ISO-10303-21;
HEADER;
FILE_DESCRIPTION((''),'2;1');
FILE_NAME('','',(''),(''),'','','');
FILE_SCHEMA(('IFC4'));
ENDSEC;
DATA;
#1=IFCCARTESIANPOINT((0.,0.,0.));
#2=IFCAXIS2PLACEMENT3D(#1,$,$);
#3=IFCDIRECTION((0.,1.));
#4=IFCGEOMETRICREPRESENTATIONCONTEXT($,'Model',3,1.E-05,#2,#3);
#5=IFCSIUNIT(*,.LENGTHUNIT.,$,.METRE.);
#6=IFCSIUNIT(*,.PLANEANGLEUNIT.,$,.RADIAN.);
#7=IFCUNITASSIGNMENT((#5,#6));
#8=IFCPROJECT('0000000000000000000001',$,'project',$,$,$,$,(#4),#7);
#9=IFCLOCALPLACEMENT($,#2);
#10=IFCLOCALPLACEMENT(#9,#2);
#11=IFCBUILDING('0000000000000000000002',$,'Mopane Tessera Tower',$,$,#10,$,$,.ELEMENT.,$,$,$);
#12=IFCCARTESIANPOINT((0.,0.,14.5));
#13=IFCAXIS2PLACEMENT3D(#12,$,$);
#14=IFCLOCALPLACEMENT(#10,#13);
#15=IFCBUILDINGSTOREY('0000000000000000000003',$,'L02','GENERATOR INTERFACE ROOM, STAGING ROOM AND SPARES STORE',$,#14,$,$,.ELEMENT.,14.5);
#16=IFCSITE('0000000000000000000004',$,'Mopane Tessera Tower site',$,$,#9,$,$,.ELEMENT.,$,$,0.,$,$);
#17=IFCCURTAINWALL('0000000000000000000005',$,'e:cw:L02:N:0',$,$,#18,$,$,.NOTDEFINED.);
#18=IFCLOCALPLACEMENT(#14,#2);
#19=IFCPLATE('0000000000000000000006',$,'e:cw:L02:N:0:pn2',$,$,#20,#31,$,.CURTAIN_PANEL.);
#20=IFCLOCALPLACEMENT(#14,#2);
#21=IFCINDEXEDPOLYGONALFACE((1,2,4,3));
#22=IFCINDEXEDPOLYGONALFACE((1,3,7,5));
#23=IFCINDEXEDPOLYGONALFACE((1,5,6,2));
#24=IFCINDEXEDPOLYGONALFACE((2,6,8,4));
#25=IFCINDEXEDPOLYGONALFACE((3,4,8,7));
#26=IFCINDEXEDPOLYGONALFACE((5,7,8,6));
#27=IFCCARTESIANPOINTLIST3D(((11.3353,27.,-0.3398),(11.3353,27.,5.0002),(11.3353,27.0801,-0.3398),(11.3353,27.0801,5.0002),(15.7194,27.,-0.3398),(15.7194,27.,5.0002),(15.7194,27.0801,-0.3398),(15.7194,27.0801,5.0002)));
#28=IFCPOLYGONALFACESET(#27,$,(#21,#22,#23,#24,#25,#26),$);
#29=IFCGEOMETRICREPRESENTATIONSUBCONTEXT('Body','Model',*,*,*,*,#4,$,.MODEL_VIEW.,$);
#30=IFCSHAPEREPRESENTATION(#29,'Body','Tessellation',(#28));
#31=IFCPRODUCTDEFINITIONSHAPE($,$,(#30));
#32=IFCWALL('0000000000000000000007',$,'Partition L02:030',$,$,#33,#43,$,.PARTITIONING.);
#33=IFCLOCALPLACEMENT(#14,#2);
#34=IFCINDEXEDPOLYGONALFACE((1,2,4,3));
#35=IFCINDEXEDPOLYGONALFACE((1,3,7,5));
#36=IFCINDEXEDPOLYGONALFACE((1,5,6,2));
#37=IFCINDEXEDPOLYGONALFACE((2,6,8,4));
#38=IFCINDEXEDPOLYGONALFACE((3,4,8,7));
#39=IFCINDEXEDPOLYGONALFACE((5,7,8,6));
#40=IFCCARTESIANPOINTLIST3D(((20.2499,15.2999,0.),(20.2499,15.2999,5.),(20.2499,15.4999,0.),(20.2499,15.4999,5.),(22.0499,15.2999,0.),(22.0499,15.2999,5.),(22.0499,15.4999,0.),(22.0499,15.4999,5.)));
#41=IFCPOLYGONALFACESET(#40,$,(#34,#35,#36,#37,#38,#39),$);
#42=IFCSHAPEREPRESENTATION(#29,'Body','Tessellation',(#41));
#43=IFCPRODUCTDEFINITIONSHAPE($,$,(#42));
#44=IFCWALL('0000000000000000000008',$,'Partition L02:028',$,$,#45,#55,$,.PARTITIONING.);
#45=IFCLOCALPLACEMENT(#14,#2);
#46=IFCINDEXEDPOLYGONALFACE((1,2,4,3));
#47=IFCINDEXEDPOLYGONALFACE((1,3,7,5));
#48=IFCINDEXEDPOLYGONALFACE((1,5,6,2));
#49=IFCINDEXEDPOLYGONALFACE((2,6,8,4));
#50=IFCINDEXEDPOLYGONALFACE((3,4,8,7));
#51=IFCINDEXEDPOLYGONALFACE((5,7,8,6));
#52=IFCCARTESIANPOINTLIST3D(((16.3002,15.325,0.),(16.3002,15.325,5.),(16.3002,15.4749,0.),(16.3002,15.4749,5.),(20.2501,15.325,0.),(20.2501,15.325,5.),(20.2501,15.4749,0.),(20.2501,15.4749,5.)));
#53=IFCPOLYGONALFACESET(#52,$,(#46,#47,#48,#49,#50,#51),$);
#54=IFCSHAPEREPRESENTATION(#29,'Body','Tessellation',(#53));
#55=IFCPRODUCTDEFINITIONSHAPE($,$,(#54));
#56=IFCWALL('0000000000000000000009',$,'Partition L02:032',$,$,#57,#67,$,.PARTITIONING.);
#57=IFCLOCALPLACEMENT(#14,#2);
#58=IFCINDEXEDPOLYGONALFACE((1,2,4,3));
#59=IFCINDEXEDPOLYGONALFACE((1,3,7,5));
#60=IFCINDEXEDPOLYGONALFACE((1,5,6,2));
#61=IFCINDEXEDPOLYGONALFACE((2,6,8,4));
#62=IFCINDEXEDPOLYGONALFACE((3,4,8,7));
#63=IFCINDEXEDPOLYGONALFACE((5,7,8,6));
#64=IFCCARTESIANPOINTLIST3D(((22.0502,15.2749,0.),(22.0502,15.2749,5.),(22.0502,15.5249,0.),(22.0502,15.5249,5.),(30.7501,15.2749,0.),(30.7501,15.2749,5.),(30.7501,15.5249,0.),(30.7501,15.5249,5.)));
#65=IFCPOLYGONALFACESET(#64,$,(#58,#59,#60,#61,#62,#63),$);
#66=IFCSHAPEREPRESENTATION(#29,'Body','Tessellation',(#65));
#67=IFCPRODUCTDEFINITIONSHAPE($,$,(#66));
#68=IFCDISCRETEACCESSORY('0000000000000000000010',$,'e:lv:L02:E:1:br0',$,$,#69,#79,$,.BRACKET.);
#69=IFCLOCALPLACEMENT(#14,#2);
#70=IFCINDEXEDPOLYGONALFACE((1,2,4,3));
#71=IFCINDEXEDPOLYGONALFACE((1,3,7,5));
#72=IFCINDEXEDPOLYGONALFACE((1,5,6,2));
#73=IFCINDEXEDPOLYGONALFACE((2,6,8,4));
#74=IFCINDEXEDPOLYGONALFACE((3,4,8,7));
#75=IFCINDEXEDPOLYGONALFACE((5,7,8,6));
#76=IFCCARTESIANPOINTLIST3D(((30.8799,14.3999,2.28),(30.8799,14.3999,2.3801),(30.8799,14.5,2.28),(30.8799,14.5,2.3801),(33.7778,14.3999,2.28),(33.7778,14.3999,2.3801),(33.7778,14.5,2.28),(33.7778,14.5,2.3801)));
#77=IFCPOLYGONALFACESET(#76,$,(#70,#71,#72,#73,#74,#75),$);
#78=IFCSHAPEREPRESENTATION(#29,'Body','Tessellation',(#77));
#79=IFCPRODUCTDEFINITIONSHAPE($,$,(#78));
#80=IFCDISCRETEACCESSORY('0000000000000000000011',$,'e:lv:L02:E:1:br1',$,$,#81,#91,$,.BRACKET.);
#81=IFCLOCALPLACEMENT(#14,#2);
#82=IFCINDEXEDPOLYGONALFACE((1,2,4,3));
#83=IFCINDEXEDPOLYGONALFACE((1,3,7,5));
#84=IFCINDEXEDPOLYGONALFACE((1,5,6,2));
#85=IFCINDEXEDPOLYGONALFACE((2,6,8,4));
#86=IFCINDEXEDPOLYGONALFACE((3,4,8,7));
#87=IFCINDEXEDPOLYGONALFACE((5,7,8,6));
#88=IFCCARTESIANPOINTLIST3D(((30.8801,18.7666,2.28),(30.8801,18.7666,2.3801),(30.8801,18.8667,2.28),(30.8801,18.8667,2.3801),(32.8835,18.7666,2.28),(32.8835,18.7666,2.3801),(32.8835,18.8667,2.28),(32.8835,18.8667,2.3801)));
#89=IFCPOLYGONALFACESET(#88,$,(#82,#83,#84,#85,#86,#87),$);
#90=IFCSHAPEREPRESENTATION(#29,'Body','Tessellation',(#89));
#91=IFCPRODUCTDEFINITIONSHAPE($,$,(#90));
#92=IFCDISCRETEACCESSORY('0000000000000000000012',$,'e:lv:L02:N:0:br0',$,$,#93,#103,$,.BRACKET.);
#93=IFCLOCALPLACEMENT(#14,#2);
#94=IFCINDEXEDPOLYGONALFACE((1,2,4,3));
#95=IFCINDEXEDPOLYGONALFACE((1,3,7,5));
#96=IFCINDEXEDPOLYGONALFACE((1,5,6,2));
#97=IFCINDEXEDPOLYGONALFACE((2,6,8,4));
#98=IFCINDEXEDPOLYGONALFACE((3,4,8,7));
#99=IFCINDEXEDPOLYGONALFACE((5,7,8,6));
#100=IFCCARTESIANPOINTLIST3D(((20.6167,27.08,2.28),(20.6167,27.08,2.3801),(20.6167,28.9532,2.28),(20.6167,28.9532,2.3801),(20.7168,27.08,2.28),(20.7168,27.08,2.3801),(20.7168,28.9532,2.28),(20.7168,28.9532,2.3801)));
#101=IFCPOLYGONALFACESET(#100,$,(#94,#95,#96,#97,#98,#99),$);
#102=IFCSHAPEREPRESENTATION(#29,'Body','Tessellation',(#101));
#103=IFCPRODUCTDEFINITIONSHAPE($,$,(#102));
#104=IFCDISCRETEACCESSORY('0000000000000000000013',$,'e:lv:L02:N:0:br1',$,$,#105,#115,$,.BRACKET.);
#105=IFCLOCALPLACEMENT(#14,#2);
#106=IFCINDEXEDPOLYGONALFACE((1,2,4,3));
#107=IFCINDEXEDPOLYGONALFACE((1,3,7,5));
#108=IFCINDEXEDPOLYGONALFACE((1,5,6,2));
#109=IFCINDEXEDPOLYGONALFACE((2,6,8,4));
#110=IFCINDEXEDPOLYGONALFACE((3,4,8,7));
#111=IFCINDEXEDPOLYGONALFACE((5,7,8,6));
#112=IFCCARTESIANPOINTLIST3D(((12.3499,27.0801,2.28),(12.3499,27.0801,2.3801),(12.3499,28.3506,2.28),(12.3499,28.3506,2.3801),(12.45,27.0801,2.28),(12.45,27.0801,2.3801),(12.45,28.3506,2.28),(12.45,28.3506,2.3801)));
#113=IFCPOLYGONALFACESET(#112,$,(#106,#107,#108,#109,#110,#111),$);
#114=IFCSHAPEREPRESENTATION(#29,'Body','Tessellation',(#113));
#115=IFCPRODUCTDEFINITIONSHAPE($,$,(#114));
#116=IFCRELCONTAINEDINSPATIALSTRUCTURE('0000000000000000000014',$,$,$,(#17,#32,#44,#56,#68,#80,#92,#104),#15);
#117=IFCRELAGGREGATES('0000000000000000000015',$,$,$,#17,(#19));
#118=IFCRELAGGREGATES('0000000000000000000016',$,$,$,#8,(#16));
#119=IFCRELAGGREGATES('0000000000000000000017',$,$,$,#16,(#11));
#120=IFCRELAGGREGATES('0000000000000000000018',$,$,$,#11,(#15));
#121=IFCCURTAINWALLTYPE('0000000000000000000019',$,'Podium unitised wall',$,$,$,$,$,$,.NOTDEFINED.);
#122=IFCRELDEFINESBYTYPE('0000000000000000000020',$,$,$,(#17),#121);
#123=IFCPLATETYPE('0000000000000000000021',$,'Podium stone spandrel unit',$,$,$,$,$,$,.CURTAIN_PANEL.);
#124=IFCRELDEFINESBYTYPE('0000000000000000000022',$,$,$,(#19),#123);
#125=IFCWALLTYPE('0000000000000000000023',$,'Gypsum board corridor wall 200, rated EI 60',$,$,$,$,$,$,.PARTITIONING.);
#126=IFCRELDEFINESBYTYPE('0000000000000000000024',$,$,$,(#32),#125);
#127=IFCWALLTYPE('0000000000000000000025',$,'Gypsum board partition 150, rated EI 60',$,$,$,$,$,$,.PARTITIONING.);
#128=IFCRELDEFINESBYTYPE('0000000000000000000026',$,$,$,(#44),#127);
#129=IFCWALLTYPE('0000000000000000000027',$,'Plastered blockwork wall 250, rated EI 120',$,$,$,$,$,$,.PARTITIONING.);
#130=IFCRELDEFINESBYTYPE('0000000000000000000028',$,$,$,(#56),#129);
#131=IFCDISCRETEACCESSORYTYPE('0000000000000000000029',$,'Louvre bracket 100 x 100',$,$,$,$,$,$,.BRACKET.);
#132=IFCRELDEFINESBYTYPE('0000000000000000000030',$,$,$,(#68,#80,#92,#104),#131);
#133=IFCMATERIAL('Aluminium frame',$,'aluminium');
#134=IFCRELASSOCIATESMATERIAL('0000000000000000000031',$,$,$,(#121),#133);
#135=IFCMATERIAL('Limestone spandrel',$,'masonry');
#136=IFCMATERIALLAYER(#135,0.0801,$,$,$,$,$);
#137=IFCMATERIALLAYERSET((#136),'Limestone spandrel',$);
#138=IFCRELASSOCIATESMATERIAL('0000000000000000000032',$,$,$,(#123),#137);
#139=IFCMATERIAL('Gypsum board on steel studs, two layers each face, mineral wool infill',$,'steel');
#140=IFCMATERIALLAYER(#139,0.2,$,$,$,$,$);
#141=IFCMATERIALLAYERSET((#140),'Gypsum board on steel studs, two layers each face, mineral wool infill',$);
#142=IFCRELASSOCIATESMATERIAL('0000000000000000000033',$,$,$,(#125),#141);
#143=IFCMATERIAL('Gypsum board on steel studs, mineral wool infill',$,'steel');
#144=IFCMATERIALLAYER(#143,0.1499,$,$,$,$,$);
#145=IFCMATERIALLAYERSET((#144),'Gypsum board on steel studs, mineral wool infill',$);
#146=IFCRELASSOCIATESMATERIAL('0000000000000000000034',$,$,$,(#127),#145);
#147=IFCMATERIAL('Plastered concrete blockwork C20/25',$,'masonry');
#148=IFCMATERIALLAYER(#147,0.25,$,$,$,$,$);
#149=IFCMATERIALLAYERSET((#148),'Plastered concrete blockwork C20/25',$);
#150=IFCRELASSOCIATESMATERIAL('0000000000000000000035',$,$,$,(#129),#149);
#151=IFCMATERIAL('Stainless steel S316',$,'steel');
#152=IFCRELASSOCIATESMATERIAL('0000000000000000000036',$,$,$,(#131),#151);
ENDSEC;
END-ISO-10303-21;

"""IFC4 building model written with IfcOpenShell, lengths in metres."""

from ifc_helpers import new_model, si_unit, direction, frame, frame_2d, origin, origin_2d, place, context, subcontext, project, spatial, rectangle, extrude, material, layer, layer_set, type_object, element, aggregate, save


model = new_model("IFC4")

# Units and contexts
model_context = context("Model", 3, precision=1e-05, world=origin(), true_north=direction((0.0, 1.0)))
body_context = subcontext(model_context, "Body", "Model", "MODEL_VIEW")
ifc_project = project(units=[si_unit("LENGTHUNIT", "METRE"), si_unit("PLANEANGLEUNIT", "RADIAN")], contexts=[model_context])

# Site, building, storey
site_placement = place(None, origin())
site = spatial("IfcSite", under=ifc_project, at=site_placement, Name="Mopane Tessera Tower site", CompositionType="ELEMENT", RefElevation=0.0)
building_placement = place(site_placement, origin())
building = spatial("IfcBuilding", under=site, at=building_placement, Name="Mopane Tessera Tower", CompositionType="ELEMENT")
storey_placement = place(building_placement, frame((0.0, 0.0, 14.5)))
storey = spatial("IfcBuildingStorey", under=building, at=storey_placement, Name="L02", Description="GENERATOR INTERFACE ROOM, STAGING ROOM AND SPARES STORE", CompositionType="ELEMENT", Elevation=14.5)

# Curtain wall
ifc_material_1 = material(Name="Aluminium frame", Category="aluminium")
curtain_wall_type = type_object("IfcCurtainWallType", Name="Podium unitised wall", PredefinedType="NOTDEFINED", material=ifc_material_1)
curtain_wall_1_placement = place(storey_placement, origin())
curtain_wall_1 = element("IfcCurtainWall", 1, at=curtain_wall_1_placement, inside=storey, type_object=curtain_wall_type, Name="e:cw:L02:N:0", PredefinedType="NOTDEFINED")

# Plate
ifc_material_2 = material(Name="Limestone spandrel", Category="masonry")
ifc_layer_1 = layer(ifc_material_2, 0.0801)
ifc_layer_set_1 = layer_set([ifc_layer_1], Name="Limestone spandrel")
plate_type = type_object("IfcPlateType", Name="Podium stone spandrel unit", PredefinedType="CURTAIN_PANEL", material=ifc_layer_set_1)
plate_1_placement = place(storey_placement, frame((13.5273, 27.04, -0.3398), z_axis=(0.0, 0.0, 1.0), x_axis=(-1.0, 0.0, 0.0)))
plate_1 = element("IfcPlate", 2, at=plate_1_placement, type_object=plate_type, Name="e:cw:L02:N:0:pn2", PredefinedType="CURTAIN_PANEL", context=body_context, shape_type="SweptSolid", body=[
    extrude(rectangle(XDim=4.384, YDim=0.0801, at=origin_2d()), origin(), (0.0, 0.0, 1.0), 5.3401),
])
aggregate(curtain_wall_1, [plate_1])

# Walls
ifc_material_3 = material(Name="Gypsum board on steel studs, two layers each face, mineral wool infill", Category="steel")
ifc_layer_2 = layer(ifc_material_3, 0.2)
ifc_layer_set_2 = layer_set([ifc_layer_2], Name="Gypsum board on steel studs, two layers each face, mineral wool infill")
wall_type_1 = type_object("IfcWallType", Name="Gypsum board corridor wall 200, rated EI 60", PredefinedType="PARTITIONING", material=ifc_layer_set_2)
wall_1_placement = place(storey_placement, frame((20.25, 15.3999, 0.0), z_axis=(0.0, 0.0, 1.0), x_axis=(1.0, 0.0, 0.0)))
element("IfcWall", 3, at=wall_1_placement, inside=storey, type_object=wall_type_1, Name="Partition L02:030", PredefinedType="PARTITIONING", context=body_context, shape_type="SweptSolid", body=[
    extrude(rectangle(XDim=1.8, YDim=0.2, at=frame_2d((0.8999, 0.0))), origin(), (0.0, 0.0, 1.0), 5.0),
])
ifc_material_4 = material(Name="Gypsum board on steel studs, mineral wool infill", Category="steel")
ifc_layer_3 = layer(ifc_material_4, 0.1499)
ifc_layer_set_3 = layer_set([ifc_layer_3], Name="Gypsum board on steel studs, mineral wool infill")
wall_type_2 = type_object("IfcWallType", Name="Gypsum board partition 150, rated EI 60", PredefinedType="PARTITIONING", material=ifc_layer_set_3)
wall_2_placement = place(storey_placement, frame((16.3, 15.3999, 0.0), z_axis=(0.0, 0.0, 1.0), x_axis=(1.0, 0.0, 0.0)))
element("IfcWall", 4, at=wall_2_placement, inside=storey, type_object=wall_type_2, Name="Partition L02:028", PredefinedType="PARTITIONING", context=body_context, shape_type="SweptSolid", body=[
    extrude(rectangle(XDim=3.95, YDim=0.1499, at=frame_2d((1.9751, 0.0))), origin(), (0.0, 0.0, 1.0), 5.0),
])
ifc_material_5 = material(Name="Plastered concrete blockwork C20/25", Category="masonry")
ifc_layer_4 = layer(ifc_material_5, 0.25)
ifc_layer_set_4 = layer_set([ifc_layer_4], Name="Plastered concrete blockwork C20/25")
wall_type_3 = type_object("IfcWallType", Name="Plastered blockwork wall 250, rated EI 120", PredefinedType="PARTITIONING", material=ifc_layer_set_4)
wall_3_placement = place(storey_placement, frame((22.05, 15.3999, 0.0), z_axis=(0.0, 0.0, 1.0), x_axis=(1.0, 0.0, 0.0)))
element("IfcWall", 5, at=wall_3_placement, inside=storey, type_object=wall_type_3, Name="Partition L02:032", PredefinedType="PARTITIONING", context=body_context, shape_type="SweptSolid", body=[
    extrude(rectangle(XDim=8.7, YDim=0.25, at=frame_2d((4.3501, 0.0))), origin(), (0.0, 0.0, 1.0), 5.0),
])

# Discrete accessories
ifc_material_6 = material(Name="Stainless steel S316", Category="steel")
discrete_accessory_type = type_object("IfcDiscreteAccessoryType", Name="Louvre bracket 100 x 100", PredefinedType="BRACKET", material=ifc_material_6)
discrete_accessory_1_placement = place(storey_placement, frame((32.3289, 14.45, 2.28), z_axis=(0.0, 0.0, 1.0), x_axis=(1.0, 0.0, 0.0)))
element("IfcDiscreteAccessory", 6, at=discrete_accessory_1_placement, inside=storey, type_object=discrete_accessory_type, Name="e:lv:L02:E:1:br0", PredefinedType="BRACKET", context=body_context, shape_type="SweptSolid", body=[
    extrude(rectangle(XDim=2.8979, YDim=0.1001, at=origin_2d()), origin(), (0.0, 0.0, 1.0), 0.1001),
])
discrete_accessory_2_placement = place(storey_placement, frame((31.8818, 18.8167, 2.28), z_axis=(0.0, 0.0, 1.0), x_axis=(1.0, 0.0, 0.0)))
element("IfcDiscreteAccessory", 7, at=discrete_accessory_2_placement, inside=storey, type_object=discrete_accessory_type, Name="e:lv:L02:E:1:br1", PredefinedType="BRACKET", context=body_context, shape_type="SweptSolid", body=[
    extrude(rectangle(XDim=2.0034, YDim=0.1001, at=origin_2d()), origin(), (0.0, 0.0, 1.0), 0.1001),
])
discrete_accessory_3_placement = place(storey_placement, frame((20.6667, 28.0166, 2.28), z_axis=(0.0, 0.0, 1.0), x_axis=(0.0, 1.0, 0.0)))
element("IfcDiscreteAccessory", 8, at=discrete_accessory_3_placement, inside=storey, type_object=discrete_accessory_type, Name="e:lv:L02:N:0:br0", PredefinedType="BRACKET", context=body_context, shape_type="SweptSolid", body=[
    extrude(rectangle(XDim=1.8733, YDim=0.1001, at=origin_2d()), origin(), (0.0, 0.0, 1.0), 0.1001),
])
discrete_accessory_4_placement = place(storey_placement, frame((12.3999, 27.7153, 2.28), z_axis=(0.0, 0.0, 1.0), x_axis=(0.0, 1.0, 0.0)))
element("IfcDiscreteAccessory", 9, at=discrete_accessory_4_placement, inside=storey, type_object=discrete_accessory_type, Name="e:lv:L02:N:0:br1", PredefinedType="BRACKET", context=body_context, shape_type="SweptSolid", body=[
    extrude(rectangle(XDim=1.2705, YDim=0.1001, at=origin_2d()), origin(), (0.0, 0.0, 1.0), 0.1001),
])

save(model, "model.ifc")
